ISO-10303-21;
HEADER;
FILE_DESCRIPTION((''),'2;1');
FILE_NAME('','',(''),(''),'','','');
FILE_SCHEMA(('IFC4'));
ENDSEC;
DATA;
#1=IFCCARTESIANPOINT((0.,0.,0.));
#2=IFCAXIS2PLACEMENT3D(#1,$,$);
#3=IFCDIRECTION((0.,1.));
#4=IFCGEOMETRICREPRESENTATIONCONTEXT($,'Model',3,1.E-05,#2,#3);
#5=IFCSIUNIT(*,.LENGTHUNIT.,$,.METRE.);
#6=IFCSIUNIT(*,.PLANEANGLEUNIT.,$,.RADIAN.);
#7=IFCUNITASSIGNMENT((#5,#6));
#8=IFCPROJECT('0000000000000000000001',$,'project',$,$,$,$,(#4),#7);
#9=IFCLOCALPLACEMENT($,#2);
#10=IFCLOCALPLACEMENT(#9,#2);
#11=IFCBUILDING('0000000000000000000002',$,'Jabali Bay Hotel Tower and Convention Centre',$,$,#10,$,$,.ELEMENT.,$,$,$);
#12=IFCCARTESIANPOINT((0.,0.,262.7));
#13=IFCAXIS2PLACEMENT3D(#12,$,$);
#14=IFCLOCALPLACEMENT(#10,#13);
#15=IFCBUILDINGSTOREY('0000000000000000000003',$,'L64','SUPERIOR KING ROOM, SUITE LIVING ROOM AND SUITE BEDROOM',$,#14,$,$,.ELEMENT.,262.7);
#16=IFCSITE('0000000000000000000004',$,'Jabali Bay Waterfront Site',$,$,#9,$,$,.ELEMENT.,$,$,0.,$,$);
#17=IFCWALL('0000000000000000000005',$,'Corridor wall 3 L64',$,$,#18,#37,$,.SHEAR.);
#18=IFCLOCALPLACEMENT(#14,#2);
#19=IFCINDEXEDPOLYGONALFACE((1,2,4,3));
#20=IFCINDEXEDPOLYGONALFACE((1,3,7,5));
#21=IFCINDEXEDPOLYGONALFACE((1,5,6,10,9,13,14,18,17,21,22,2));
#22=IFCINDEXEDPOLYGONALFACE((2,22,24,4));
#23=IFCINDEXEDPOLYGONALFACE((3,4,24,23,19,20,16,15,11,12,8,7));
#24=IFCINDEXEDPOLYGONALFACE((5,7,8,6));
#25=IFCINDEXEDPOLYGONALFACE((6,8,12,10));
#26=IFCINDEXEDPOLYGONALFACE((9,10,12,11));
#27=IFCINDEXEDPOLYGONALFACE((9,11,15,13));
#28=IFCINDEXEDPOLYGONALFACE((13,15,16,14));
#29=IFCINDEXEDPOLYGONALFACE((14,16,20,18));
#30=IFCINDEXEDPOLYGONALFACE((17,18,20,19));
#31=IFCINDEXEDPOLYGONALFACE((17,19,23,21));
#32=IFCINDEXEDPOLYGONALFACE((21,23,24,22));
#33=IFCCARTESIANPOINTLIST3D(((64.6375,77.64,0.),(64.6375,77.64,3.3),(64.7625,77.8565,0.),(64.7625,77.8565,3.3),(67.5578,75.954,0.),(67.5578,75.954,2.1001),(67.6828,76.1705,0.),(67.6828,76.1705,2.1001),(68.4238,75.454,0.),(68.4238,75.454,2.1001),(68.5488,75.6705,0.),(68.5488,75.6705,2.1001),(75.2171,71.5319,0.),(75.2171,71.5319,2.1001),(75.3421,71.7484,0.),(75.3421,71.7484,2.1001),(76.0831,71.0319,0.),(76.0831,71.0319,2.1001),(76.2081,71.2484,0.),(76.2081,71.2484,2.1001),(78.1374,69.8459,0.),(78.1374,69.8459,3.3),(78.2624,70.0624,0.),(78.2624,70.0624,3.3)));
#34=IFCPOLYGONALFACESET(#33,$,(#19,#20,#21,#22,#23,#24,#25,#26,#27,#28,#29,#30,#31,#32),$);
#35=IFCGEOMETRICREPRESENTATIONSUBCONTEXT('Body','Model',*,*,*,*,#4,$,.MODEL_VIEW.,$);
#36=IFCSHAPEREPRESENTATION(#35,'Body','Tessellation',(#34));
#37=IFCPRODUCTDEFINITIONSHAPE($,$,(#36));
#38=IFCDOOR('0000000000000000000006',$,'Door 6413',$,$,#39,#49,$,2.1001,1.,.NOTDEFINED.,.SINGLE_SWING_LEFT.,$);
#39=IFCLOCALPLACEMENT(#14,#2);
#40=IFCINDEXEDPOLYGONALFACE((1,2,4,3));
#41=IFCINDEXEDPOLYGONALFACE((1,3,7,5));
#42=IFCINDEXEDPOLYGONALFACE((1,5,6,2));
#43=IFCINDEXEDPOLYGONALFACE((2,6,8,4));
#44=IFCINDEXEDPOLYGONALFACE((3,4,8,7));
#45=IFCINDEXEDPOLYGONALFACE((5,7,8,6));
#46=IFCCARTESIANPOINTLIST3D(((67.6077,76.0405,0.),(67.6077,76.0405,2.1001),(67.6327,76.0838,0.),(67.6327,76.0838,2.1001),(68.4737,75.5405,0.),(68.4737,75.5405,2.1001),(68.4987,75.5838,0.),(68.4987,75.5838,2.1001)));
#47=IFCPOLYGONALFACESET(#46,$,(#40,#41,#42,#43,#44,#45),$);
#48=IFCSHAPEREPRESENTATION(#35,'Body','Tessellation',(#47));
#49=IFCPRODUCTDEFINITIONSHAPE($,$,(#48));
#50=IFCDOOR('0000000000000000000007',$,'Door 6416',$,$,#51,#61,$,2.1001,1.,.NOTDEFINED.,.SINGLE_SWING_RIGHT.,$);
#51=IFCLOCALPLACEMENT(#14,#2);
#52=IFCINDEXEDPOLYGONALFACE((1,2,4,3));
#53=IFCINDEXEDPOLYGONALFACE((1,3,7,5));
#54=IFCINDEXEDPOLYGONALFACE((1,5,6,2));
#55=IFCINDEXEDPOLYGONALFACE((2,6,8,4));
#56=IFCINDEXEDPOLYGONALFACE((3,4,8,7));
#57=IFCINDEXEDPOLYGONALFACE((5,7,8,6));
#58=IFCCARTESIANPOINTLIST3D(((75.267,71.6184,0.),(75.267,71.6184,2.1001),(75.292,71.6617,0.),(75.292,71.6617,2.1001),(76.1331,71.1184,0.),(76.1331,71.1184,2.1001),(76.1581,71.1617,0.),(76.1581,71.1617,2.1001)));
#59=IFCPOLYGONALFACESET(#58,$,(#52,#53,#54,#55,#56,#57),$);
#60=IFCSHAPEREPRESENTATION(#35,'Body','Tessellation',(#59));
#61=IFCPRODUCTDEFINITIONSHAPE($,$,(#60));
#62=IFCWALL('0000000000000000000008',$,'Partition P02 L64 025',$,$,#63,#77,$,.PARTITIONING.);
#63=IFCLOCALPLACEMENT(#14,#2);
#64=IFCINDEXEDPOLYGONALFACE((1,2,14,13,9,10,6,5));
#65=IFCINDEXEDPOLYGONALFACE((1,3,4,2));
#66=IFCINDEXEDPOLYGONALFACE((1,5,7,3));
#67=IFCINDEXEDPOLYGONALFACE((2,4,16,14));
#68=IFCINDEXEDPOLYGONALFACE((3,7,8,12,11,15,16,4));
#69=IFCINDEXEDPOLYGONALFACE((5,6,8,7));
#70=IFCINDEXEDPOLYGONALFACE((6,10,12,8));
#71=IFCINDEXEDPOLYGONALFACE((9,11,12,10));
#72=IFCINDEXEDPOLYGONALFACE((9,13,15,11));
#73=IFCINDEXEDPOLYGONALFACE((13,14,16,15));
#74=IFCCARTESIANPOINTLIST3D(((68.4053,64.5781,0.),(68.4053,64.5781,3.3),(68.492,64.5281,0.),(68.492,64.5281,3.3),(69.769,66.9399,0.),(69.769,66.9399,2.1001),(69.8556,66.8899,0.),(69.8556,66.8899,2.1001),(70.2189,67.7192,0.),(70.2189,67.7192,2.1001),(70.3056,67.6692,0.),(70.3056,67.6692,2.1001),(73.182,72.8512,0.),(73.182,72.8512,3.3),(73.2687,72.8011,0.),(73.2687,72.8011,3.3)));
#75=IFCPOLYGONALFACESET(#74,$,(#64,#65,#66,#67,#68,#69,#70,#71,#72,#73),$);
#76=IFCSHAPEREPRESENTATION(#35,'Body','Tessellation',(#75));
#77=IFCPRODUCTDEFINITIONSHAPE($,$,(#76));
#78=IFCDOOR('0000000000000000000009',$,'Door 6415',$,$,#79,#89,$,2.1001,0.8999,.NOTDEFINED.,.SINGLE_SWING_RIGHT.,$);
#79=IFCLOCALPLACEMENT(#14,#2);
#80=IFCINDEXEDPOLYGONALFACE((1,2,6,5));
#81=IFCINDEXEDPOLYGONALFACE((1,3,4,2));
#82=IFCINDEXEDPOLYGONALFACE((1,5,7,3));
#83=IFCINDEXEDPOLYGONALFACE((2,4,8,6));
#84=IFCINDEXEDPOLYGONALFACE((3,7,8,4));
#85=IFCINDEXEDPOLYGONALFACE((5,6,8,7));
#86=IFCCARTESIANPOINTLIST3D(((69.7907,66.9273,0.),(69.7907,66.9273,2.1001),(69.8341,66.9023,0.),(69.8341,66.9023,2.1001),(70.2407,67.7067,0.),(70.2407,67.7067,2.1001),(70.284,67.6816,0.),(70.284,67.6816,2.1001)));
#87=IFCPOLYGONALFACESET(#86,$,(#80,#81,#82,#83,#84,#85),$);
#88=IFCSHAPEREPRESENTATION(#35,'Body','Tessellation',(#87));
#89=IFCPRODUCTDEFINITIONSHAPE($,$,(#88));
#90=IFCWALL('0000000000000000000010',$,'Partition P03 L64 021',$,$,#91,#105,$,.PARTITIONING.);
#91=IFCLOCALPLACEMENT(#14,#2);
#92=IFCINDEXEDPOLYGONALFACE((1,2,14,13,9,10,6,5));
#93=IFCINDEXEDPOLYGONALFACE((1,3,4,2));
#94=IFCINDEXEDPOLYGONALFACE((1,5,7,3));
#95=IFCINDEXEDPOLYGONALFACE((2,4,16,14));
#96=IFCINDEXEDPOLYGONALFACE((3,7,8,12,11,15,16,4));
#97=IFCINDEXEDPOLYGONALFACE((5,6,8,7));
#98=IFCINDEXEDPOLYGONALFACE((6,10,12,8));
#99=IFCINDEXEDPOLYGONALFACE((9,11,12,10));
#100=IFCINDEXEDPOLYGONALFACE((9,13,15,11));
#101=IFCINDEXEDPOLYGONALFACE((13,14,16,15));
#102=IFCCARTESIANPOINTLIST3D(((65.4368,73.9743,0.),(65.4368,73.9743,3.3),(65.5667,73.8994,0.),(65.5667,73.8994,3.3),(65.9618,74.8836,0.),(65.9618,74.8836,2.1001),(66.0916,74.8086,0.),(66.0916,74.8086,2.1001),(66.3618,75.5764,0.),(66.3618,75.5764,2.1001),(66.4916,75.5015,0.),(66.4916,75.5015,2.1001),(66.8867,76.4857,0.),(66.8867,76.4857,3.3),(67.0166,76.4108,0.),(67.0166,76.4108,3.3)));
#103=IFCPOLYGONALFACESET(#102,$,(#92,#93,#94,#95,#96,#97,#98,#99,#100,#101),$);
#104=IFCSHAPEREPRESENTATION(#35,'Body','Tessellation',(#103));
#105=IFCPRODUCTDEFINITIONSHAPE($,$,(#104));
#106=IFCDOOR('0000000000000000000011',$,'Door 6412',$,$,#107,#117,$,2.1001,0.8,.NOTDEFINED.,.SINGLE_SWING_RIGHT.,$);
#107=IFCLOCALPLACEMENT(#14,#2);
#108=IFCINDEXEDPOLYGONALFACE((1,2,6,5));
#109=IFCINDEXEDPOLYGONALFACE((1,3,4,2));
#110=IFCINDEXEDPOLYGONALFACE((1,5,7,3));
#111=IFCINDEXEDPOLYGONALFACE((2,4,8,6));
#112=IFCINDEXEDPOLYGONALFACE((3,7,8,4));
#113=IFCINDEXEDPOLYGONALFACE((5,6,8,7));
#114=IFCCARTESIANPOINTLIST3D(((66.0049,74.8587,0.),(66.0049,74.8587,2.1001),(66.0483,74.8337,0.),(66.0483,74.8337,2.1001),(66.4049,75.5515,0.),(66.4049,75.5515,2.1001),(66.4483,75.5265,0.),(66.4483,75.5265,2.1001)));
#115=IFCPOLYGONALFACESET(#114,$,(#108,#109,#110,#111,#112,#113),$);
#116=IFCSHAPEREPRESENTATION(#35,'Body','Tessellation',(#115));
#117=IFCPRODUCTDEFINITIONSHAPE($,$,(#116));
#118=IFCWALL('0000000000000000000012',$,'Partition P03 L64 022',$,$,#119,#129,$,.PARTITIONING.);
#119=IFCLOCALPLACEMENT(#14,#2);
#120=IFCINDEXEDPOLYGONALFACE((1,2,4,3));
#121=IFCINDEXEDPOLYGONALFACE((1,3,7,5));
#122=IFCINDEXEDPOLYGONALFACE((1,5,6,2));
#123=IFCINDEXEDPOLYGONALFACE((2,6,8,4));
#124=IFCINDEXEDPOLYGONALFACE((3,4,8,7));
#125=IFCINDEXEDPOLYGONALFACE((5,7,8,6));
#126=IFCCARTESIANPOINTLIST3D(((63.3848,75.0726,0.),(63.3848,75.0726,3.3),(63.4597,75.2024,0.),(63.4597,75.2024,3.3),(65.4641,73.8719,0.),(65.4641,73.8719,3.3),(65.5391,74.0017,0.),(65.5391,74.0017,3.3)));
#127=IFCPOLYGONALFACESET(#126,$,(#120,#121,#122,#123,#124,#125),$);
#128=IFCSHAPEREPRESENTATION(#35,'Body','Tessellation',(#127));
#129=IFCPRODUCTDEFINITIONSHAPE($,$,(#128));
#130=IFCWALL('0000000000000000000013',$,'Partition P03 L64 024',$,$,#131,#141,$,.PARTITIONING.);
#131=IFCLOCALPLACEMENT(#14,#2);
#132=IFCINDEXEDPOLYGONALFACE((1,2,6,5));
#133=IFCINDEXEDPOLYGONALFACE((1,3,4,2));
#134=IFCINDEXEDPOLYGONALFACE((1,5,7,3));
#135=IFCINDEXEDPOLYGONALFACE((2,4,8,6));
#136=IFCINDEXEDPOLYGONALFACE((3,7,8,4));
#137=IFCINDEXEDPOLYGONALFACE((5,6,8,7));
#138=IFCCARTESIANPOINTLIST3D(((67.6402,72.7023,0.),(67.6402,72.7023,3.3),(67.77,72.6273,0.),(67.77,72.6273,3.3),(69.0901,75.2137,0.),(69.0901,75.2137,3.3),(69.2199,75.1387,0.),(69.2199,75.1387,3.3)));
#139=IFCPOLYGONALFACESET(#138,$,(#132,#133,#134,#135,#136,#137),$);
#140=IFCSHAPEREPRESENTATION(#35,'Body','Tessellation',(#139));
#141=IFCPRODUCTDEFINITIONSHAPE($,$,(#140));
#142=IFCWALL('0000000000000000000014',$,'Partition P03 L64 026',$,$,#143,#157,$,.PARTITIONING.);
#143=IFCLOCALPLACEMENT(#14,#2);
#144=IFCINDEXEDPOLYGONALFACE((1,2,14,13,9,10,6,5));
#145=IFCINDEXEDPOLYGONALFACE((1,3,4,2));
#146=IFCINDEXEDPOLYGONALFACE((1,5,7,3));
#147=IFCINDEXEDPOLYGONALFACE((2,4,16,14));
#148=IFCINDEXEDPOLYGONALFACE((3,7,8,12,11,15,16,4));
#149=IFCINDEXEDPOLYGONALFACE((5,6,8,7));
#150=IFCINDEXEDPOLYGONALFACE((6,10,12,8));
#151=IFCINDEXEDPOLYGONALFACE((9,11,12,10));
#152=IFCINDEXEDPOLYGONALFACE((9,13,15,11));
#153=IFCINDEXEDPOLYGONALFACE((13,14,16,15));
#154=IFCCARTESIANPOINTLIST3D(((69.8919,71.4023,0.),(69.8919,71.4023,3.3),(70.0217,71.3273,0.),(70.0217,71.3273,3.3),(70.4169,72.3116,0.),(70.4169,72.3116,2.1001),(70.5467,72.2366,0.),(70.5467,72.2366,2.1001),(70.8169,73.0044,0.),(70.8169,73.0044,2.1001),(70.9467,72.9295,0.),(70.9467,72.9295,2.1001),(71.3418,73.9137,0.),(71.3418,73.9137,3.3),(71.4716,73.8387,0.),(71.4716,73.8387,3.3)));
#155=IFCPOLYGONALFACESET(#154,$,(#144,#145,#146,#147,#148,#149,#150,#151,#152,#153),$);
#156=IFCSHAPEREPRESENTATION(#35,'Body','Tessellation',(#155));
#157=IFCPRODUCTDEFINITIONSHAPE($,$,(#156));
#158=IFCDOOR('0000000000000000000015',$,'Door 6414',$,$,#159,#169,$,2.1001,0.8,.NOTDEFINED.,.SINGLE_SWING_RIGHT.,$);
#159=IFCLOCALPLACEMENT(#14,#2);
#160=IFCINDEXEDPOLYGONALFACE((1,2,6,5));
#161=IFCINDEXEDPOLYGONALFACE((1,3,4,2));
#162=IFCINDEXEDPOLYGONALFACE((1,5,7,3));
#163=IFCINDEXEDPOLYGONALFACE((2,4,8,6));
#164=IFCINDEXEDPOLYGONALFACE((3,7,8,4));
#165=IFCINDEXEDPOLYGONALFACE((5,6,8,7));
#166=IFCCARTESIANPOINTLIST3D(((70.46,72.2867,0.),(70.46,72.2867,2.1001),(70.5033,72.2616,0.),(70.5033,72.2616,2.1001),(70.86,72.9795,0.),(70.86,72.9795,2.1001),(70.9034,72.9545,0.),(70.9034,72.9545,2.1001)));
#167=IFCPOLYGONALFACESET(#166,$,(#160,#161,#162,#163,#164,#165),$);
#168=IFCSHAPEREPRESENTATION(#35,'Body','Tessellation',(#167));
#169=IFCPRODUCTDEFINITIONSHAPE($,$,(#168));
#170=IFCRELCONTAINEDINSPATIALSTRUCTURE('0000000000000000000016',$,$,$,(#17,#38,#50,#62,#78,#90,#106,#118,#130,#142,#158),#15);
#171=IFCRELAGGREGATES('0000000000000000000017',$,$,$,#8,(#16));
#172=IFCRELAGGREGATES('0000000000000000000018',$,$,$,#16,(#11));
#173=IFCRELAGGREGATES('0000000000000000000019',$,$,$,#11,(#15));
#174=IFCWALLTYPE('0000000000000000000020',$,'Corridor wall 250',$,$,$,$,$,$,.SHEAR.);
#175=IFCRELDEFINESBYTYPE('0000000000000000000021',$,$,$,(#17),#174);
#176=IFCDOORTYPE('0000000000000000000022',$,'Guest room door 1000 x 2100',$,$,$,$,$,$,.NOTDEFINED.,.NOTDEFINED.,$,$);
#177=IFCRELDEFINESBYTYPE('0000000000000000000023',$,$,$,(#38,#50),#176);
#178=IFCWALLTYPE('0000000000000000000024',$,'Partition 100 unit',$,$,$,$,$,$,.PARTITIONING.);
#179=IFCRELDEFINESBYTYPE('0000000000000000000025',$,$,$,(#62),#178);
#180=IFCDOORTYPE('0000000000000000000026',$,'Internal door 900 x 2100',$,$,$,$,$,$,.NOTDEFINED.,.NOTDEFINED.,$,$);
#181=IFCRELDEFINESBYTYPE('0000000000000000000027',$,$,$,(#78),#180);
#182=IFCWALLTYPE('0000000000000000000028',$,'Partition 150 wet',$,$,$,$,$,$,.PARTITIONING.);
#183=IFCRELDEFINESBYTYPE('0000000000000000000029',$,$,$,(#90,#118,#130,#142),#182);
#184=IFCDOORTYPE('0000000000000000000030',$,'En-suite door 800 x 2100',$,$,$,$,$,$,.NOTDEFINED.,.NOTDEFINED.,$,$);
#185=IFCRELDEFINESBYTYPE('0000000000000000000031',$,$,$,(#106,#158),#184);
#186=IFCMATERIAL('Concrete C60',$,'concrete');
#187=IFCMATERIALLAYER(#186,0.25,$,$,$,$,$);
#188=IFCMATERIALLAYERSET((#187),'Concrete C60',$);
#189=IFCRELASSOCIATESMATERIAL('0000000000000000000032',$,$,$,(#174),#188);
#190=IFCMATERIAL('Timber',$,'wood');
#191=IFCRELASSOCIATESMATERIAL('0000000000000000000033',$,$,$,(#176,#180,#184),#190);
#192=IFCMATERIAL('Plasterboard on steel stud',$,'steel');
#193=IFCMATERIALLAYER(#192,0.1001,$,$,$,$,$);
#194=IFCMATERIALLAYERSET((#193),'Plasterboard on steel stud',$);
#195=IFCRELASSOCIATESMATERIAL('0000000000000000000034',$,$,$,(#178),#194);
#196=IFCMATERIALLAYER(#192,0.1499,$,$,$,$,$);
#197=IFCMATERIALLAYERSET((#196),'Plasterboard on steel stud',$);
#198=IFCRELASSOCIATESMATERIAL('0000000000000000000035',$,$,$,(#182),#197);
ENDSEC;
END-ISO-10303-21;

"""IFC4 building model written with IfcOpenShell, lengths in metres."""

from ifc_helpers import new_model, si_unit, direction, frame, frame_2d, origin, place, context, subcontext, project, spatial, rectangle, extrude, material, layer, layer_set, type_object, element, fill, save


model = new_model("IFC4")

# Units and contexts
model_context = context("Model", 3, precision=1e-05, world=origin(), true_north=direction((0.0, 1.0)))
body_context = subcontext(model_context, "Body", "Model", "MODEL_VIEW")
ifc_project = project(units=[si_unit("LENGTHUNIT", "METRE"), si_unit("PLANEANGLEUNIT", "RADIAN")], contexts=[model_context])

# Site, building, storey
site_placement = place(None, origin())
site = spatial("IfcSite", under=ifc_project, at=site_placement, Name="Jabali Bay Waterfront Site", CompositionType="ELEMENT", RefElevation=0.0)
building_placement = place(site_placement, origin())
building = spatial("IfcBuilding", under=site, at=building_placement, Name="Jabali Bay Hotel Tower and Convention Centre", CompositionType="ELEMENT")
storey_placement = place(building_placement, frame((0.0, 0.0, 262.7)))
storey = spatial("IfcBuildingStorey", under=building, at=storey_placement, Name="L64", Description="SUPERIOR KING ROOM, SUITE LIVING ROOM AND SUITE BEDROOM", CompositionType="ELEMENT", Elevation=262.7)

# Shared definitions
ifc_material_1 = material(Name="Concrete C60", Category="concrete")

# Wall, openings, doors
ifc_layer_1 = layer(ifc_material_1, 0.25)
ifc_layer_set_1 = layer_set([ifc_layer_1], Name="Concrete C60")
wall_type_1 = type_object("IfcWallType", Name="Corridor wall 250", PredefinedType="SHEAR", material=ifc_layer_set_1)
wall_1_placement = place(storey_placement, frame((64.7, 77.7483, 0.0), z_axis=(0.0, 0.0, 1.0), x_axis=(0.866026, -0.499998, 0.0)))
wall_1 = element("IfcWall", 1, at=wall_1_placement, inside=storey, type_object=wall_type_1, Name="Corridor wall 3 L64", PredefinedType="SHEAR", context=body_context, shape_type="SweptSolid", body=[
    extrude(rectangle(XDim=15.5884, YDim=0.25, at=frame_2d((7.7942, 0.0))), origin(), (0.0, 0.0, 1.0), 3.3),
])
opening_1_placement = place(wall_1_placement, frame((3.3721, 0.0, 0.0)))
opening_1 = element("IfcOpeningElement", 2, at=opening_1_placement, cuts=wall_1, PredefinedType="OPENING", context=body_context, shape_type="SweptSolid", body=[
    extrude(rectangle(XDim=1.0, YDim=2.1001, at=frame_2d((0.5, 1.05))), frame((0.0, 0.1355, 0.0), z_axis=(0.0, -1.0, 0.0), x_axis=(1.0, 0.0, 0.0)), (0.0, 0.0, 1.0), 0.271),
])
opening_2_placement = place(wall_1_placement, frame((12.2163, 0.0, 0.0)))
opening_2 = element("IfcOpeningElement", 3, at=opening_2_placement, cuts=wall_1, PredefinedType="OPENING", context=body_context, shape_type="SweptSolid", body=[
    extrude(rectangle(XDim=1.0, YDim=2.1001, at=frame_2d((0.5, 1.05))), frame((0.0, 0.1355, 0.0), z_axis=(0.0, -1.0, 0.0), x_axis=(1.0, 0.0, 0.0)), (0.0, 0.0, 1.0), 0.271),
])
ifc_material_2 = material(Name="Timber", Category="wood")
door_type_1 = type_object("IfcDoorType", Name="Guest room door 1000 x 2100", OperationType="NOTDEFINED", PredefinedType="NOTDEFINED", material=ifc_material_2)
door_1_placement = place(opening_1_placement, origin())
door_1 = element("IfcDoor", 4, at=door_1_placement, inside=storey, type_object=door_type_1, Name="Door 6413", OperationType="SINGLE_SWING_LEFT", OverallHeight=2.1001, OverallWidth=1.0, PredefinedType="NOTDEFINED", context=body_context, shape_type="SweptSolid", body=[
    extrude(rectangle(XDim=1.0, YDim=2.1001, at=frame_2d((0.5, 1.05))), frame((0.0, 0.0249, 0.0), z_axis=(0.0, -1.0, 0.0), x_axis=(1.0, 0.0, 0.0)), (0.0, 0.0, 1.0), 0.05),
])
fill(opening_1, door_1)
door_2_placement = place(opening_2_placement, origin())
door_2 = element("IfcDoor", 5, at=door_2_placement, inside=storey, type_object=door_type_1, Name="Door 6416", OperationType="SINGLE_SWING_RIGHT", OverallHeight=2.1001, OverallWidth=1.0, PredefinedType="NOTDEFINED", context=body_context, shape_type="SweptSolid", body=[
    extrude(rectangle(XDim=1.0, YDim=2.1001, at=frame_2d((0.5, 1.05))), frame((0.0, 0.0249, 0.0), z_axis=(0.0, -1.0, 0.0), x_axis=(1.0, 0.0, 0.0)), (0.0, 0.0, 1.0), 0.05),
])
fill(opening_2, door_2)

# Walls, openings, doors
ifc_material_3 = material(Name="Plasterboard on steel stud", Category="steel")
ifc_layer_2 = layer(ifc_material_3, 0.1001)
ifc_layer_set_2 = layer_set([ifc_layer_2], Name="Plasterboard on steel stud")
wall_type_2 = type_object("IfcWallType", Name="Partition 100 unit", PredefinedType="PARTITIONING", material=ifc_layer_set_2)
wall_2_placement = place(storey_placement, frame((68.4487, 64.5532, 0.0), z_axis=(0.0, 0.0, 1.0), x_axis=(0.500017, 0.866015, 0.0)))
wall_2 = element("IfcWall", 6, at=wall_2_placement, inside=storey, type_object=wall_type_2, Name="Partition P02 L64 025", PredefinedType="PARTITIONING", context=body_context, shape_type="SweptSolid", body=[
    extrude(rectangle(XDim=9.553, YDim=0.1001, at=frame_2d((4.7764, 0.0))), origin(), (0.0, 0.0, 1.0), 3.3),
])
opening_3_placement = place(wall_2_placement, frame((2.7271, 0.0, 0.0)))
opening_3 = element("IfcOpeningElement", 7, at=opening_3_placement, cuts=wall_2, PredefinedType="OPENING", context=body_context, shape_type="SweptSolid", body=[
    extrude(rectangle(XDim=0.8999, YDim=2.1001, at=frame_2d((0.45, 1.05))), frame((0.0, 0.0605, 0.0), z_axis=(0.0, -1.0, 0.0), x_axis=(1.0, 0.0, 0.0)), (0.0, 0.0, 1.0), 0.1211),
])
door_type_2 = type_object("IfcDoorType", Name="Internal door 900 x 2100", OperationType="NOTDEFINED", PredefinedType="NOTDEFINED", material=ifc_material_2)
door_3_placement = place(opening_3_placement, origin())
door_3 = element("IfcDoor", 8, at=door_3_placement, inside=storey, type_object=door_type_2, Name="Door 6415", OperationType="SINGLE_SWING_RIGHT", OverallHeight=2.1001, OverallWidth=0.8999, PredefinedType="NOTDEFINED", context=body_context, shape_type="SweptSolid", body=[
    extrude(rectangle(XDim=0.8999, YDim=2.1001, at=frame_2d((0.45, 1.05))), frame((0.0, 0.0249, 0.0), z_axis=(0.0, -1.0, 0.0), x_axis=(1.0, 0.0, 0.0)), (0.0, 0.0, 1.0), 0.05),
])
fill(opening_3, door_3)
ifc_layer_3 = layer(ifc_material_3, 0.1499)
ifc_layer_set_3 = layer_set([ifc_layer_3], Name="Plasterboard on steel stud")
wall_type_3 = type_object("IfcWallType", Name="Partition 150 wet", PredefinedType="PARTITIONING", material=ifc_layer_set_3)
wall_3_placement = place(storey_placement, frame((66.9517, 76.4482, 0.0), z_axis=(0.0, 0.0, 1.0), x_axis=(-0.499987, -0.866033, 0.0)))
wall_3 = element("IfcWall", 9, at=wall_3_placement, inside=storey, type_object=wall_type_3, Name="Partition P03 L64 021", PredefinedType="PARTITIONING", context=body_context, shape_type="SweptSolid", body=[
    extrude(rectangle(XDim=2.8999, YDim=0.1499, at=frame_2d((1.45, 0.0))), origin(), (0.0, 0.0, 1.0), 3.3),
])
opening_4_placement = place(wall_3_placement, frame((1.05, 0.0, 0.0)))
opening_4 = element("IfcOpeningElement", 10, at=opening_4_placement, cuts=wall_3, PredefinedType="OPENING", context=body_context, shape_type="SweptSolid", body=[
    extrude(rectangle(XDim=0.8, YDim=2.1001, at=frame_2d((0.3999, 1.05))), frame((0.0, 0.0854, 0.0), z_axis=(0.0, -1.0, 0.0), x_axis=(1.0, 0.0, 0.0)), (0.0, 0.0, 1.0), 0.1709),
])
door_type_3 = type_object("IfcDoorType", Name="En-suite door 800 x 2100", OperationType="NOTDEFINED", PredefinedType="NOTDEFINED", material=ifc_material_2)
door_4_placement = place(opening_4_placement, origin())
door_4 = element("IfcDoor", 11, at=door_4_placement, inside=storey, type_object=door_type_3, Name="Door 6412", OperationType="SINGLE_SWING_RIGHT", OverallHeight=2.1001, OverallWidth=0.8, PredefinedType="NOTDEFINED", context=body_context, shape_type="SweptSolid", body=[
    extrude(rectangle(XDim=0.8, YDim=2.1001, at=frame_2d((0.3999, 1.05))), frame((0.0, 0.0249, 0.0), z_axis=(0.0, -1.0, 0.0), x_axis=(1.0, 0.0, 0.0)), (0.0, 0.0, 1.0), 0.05),
])
fill(opening_4, door_4)

# Walls
wall_4_placement = place(storey_placement, frame((65.5017, 73.9368, 0.0), z_axis=(0.0, 0.0, 1.0), x_axis=(-0.865994, 0.500054, 0.0)))
element("IfcWall", 12, at=wall_4_placement, inside=storey, type_object=wall_type_3, Name="Partition P03 L64 022", PredefinedType="PARTITIONING", context=body_context, shape_type="SweptSolid", body=[
    extrude(rectangle(XDim=2.4011, YDim=0.1499, at=frame_2d((1.2007, 0.0))), origin(), (0.0, 0.0, 1.0), 3.3),
])
wall_5_placement = place(storey_placement, frame((67.7051, 72.6648, 0.0), z_axis=(0.0, 0.0, 1.0), x_axis=(0.499987, 0.866033, 0.0)))
element("IfcWall", 13, at=wall_5_placement, inside=storey, type_object=wall_type_3, Name="Partition P03 L64 024", PredefinedType="PARTITIONING", context=body_context, shape_type="SweptSolid", body=[
    extrude(rectangle(XDim=2.8999, YDim=0.1499, at=frame_2d((1.45, 0.0))), origin(), (0.0, 0.0, 1.0), 3.3),
])

# Wall, opening, door
wall_6_placement = place(storey_placement, frame((71.4067, 73.8762, 0.0), z_axis=(0.0, 0.0, 1.0), x_axis=(-0.499987, -0.866033, 0.0)))
wall_6 = element("IfcWall", 14, at=wall_6_placement, inside=storey, type_object=wall_type_3, Name="Partition P03 L64 026", PredefinedType="PARTITIONING", context=body_context, shape_type="SweptSolid", body=[
    extrude(rectangle(XDim=2.8999, YDim=0.1499, at=frame_2d((1.45, 0.0))), origin(), (0.0, 0.0, 1.0), 3.3),
])
opening_5_placement = place(wall_6_placement, frame((1.05, 0.0, 0.0)))
opening_5 = element("IfcOpeningElement", 15, at=opening_5_placement, cuts=wall_6, PredefinedType="OPENING", context=body_context, shape_type="SweptSolid", body=[
    extrude(rectangle(XDim=0.8, YDim=2.1001, at=frame_2d((0.3999, 1.05))), frame((0.0, 0.0854, 0.0), z_axis=(0.0, -1.0, 0.0), x_axis=(1.0, 0.0, 0.0)), (0.0, 0.0, 1.0), 0.1709),
])
door_5_placement = place(opening_5_placement, origin())
door_5 = element("IfcDoor", 16, at=door_5_placement, inside=storey, type_object=door_type_3, Name="Door 6414", OperationType="SINGLE_SWING_RIGHT", OverallHeight=2.1001, OverallWidth=0.8, PredefinedType="NOTDEFINED", context=body_context, shape_type="SweptSolid", body=[
    extrude(rectangle(XDim=0.8, YDim=2.1001, at=frame_2d((0.3999, 1.05))), frame((0.0, 0.0249, 0.0), z_axis=(0.0, -1.0, 0.0), x_axis=(1.0, 0.0, 0.0)), (0.0, 0.0, 1.0), 0.05),
])
fill(opening_5, door_5)

save(model, "model.ifc")
